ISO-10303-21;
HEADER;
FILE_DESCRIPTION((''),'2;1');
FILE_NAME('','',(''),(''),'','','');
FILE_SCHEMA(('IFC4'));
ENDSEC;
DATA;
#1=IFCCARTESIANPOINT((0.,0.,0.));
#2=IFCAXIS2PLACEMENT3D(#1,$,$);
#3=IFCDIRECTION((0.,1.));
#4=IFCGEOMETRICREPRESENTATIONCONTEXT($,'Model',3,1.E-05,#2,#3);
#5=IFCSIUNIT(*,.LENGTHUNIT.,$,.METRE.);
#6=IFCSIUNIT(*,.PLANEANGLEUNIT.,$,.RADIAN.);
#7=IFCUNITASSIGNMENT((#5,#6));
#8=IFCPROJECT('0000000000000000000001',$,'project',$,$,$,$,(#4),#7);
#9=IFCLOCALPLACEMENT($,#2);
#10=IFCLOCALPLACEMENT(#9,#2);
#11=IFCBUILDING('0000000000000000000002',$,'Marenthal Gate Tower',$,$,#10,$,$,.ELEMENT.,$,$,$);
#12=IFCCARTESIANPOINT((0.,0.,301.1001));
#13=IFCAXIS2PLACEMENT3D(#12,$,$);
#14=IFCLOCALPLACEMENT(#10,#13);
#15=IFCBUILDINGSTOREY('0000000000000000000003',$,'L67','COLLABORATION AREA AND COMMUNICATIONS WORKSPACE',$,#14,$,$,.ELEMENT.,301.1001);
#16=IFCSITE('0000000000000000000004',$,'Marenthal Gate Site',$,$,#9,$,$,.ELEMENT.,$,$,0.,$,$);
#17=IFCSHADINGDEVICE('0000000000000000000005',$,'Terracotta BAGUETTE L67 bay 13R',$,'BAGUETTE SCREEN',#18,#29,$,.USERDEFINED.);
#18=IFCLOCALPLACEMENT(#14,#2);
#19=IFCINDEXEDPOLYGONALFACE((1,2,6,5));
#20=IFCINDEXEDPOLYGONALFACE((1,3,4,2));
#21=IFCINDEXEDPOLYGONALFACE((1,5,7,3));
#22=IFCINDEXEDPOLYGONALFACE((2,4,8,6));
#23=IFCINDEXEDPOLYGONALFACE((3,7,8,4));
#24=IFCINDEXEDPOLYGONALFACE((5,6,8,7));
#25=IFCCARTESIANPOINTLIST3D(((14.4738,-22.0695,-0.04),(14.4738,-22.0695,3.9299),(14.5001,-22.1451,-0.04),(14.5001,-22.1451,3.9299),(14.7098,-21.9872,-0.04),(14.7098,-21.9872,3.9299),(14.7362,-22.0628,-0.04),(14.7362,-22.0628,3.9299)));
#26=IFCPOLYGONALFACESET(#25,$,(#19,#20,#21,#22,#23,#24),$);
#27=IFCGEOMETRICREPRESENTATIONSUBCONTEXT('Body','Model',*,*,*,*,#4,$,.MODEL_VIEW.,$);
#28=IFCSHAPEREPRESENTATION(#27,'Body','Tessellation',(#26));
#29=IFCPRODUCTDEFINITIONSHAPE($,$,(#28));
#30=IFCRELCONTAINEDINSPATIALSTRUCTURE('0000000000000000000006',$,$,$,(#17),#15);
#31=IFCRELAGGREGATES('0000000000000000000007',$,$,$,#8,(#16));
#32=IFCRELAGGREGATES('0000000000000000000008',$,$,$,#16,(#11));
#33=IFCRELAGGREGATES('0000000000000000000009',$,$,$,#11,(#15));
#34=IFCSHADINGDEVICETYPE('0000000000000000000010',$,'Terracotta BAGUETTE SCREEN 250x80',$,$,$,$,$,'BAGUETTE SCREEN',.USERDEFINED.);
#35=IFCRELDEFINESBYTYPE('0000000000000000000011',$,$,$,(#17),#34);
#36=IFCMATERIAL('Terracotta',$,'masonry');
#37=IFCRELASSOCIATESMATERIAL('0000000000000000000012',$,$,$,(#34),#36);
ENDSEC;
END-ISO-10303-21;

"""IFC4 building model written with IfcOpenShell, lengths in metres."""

from ifc_helpers import new_model, si_unit, direction, frame, origin, origin_2d, place, context, subcontext, project, spatial, rectangle, extrude, material, material_profile, profile_set, type_object, element, save


model = new_model("IFC4")

# Units and contexts
model_context = context("Model", 3, precision=1e-05, world=origin(), true_north=direction((0.0, 1.0)))
body_context = subcontext(model_context, "Body", "Model", "MODEL_VIEW")
ifc_project = project(units=[si_unit("LENGTHUNIT", "METRE"), si_unit("PLANEANGLEUNIT", "RADIAN")], contexts=[model_context])

# Site, building, storey
site_placement = place(None, origin())
site = spatial("IfcSite", under=ifc_project, at=site_placement, Name="Marenthal Gate Site", CompositionType="ELEMENT", RefElevation=0.0)
building_placement = place(site_placement, origin())
building = spatial("IfcBuilding", under=site, at=building_placement, Name="Marenthal Gate Tower", CompositionType="ELEMENT")
storey_placement = place(building_placement, frame((0.0, 0.0, 301.1001)))
storey = spatial("IfcBuildingStorey", under=building, at=storey_placement, Name="L67", Description="COLLABORATION AREA AND COMMUNICATIONS WORKSPACE", CompositionType="ELEMENT", Elevation=301.1001)

# Shading device
ifc_material_1 = material(Name="Terracotta", Category="masonry")
ifc_material_profile_1 = material_profile(ifc_material_1, rectangle(XDim=0.25, YDim=0.0801, at=origin_2d()), Name="Terracotta baguette 250x80")
ifc_profile_set_1 = profile_set([ifc_material_profile_1], Name="Terracotta")
shading_device_type = type_object("IfcShadingDeviceType", Name="Terracotta BAGUETTE SCREEN 250x80", ElementType="BAGUETTE SCREEN", PredefinedType="USERDEFINED", material=ifc_profile_set_1)
shading_device_placement = place(storey_placement, frame((14.605, -22.0662, -0.04), z_axis=(0.0, 0.0, 1.0), x_axis=(0.94428, 0.329144, 0.0)))
element("IfcShadingDevice", 1, at=shading_device_placement, inside=storey, type_object=shading_device_type, Name="Terracotta BAGUETTE L67 bay 13R", ObjectType="BAGUETTE SCREEN", PredefinedType="USERDEFINED", context=body_context, shape_type="SweptSolid", body=[
    extrude(rectangle(XDim=0.25, YDim=0.0801, at=origin_2d()), origin(), (0.0, 0.0, 1.0), 3.97),
])

save(model, "model.ifc")
